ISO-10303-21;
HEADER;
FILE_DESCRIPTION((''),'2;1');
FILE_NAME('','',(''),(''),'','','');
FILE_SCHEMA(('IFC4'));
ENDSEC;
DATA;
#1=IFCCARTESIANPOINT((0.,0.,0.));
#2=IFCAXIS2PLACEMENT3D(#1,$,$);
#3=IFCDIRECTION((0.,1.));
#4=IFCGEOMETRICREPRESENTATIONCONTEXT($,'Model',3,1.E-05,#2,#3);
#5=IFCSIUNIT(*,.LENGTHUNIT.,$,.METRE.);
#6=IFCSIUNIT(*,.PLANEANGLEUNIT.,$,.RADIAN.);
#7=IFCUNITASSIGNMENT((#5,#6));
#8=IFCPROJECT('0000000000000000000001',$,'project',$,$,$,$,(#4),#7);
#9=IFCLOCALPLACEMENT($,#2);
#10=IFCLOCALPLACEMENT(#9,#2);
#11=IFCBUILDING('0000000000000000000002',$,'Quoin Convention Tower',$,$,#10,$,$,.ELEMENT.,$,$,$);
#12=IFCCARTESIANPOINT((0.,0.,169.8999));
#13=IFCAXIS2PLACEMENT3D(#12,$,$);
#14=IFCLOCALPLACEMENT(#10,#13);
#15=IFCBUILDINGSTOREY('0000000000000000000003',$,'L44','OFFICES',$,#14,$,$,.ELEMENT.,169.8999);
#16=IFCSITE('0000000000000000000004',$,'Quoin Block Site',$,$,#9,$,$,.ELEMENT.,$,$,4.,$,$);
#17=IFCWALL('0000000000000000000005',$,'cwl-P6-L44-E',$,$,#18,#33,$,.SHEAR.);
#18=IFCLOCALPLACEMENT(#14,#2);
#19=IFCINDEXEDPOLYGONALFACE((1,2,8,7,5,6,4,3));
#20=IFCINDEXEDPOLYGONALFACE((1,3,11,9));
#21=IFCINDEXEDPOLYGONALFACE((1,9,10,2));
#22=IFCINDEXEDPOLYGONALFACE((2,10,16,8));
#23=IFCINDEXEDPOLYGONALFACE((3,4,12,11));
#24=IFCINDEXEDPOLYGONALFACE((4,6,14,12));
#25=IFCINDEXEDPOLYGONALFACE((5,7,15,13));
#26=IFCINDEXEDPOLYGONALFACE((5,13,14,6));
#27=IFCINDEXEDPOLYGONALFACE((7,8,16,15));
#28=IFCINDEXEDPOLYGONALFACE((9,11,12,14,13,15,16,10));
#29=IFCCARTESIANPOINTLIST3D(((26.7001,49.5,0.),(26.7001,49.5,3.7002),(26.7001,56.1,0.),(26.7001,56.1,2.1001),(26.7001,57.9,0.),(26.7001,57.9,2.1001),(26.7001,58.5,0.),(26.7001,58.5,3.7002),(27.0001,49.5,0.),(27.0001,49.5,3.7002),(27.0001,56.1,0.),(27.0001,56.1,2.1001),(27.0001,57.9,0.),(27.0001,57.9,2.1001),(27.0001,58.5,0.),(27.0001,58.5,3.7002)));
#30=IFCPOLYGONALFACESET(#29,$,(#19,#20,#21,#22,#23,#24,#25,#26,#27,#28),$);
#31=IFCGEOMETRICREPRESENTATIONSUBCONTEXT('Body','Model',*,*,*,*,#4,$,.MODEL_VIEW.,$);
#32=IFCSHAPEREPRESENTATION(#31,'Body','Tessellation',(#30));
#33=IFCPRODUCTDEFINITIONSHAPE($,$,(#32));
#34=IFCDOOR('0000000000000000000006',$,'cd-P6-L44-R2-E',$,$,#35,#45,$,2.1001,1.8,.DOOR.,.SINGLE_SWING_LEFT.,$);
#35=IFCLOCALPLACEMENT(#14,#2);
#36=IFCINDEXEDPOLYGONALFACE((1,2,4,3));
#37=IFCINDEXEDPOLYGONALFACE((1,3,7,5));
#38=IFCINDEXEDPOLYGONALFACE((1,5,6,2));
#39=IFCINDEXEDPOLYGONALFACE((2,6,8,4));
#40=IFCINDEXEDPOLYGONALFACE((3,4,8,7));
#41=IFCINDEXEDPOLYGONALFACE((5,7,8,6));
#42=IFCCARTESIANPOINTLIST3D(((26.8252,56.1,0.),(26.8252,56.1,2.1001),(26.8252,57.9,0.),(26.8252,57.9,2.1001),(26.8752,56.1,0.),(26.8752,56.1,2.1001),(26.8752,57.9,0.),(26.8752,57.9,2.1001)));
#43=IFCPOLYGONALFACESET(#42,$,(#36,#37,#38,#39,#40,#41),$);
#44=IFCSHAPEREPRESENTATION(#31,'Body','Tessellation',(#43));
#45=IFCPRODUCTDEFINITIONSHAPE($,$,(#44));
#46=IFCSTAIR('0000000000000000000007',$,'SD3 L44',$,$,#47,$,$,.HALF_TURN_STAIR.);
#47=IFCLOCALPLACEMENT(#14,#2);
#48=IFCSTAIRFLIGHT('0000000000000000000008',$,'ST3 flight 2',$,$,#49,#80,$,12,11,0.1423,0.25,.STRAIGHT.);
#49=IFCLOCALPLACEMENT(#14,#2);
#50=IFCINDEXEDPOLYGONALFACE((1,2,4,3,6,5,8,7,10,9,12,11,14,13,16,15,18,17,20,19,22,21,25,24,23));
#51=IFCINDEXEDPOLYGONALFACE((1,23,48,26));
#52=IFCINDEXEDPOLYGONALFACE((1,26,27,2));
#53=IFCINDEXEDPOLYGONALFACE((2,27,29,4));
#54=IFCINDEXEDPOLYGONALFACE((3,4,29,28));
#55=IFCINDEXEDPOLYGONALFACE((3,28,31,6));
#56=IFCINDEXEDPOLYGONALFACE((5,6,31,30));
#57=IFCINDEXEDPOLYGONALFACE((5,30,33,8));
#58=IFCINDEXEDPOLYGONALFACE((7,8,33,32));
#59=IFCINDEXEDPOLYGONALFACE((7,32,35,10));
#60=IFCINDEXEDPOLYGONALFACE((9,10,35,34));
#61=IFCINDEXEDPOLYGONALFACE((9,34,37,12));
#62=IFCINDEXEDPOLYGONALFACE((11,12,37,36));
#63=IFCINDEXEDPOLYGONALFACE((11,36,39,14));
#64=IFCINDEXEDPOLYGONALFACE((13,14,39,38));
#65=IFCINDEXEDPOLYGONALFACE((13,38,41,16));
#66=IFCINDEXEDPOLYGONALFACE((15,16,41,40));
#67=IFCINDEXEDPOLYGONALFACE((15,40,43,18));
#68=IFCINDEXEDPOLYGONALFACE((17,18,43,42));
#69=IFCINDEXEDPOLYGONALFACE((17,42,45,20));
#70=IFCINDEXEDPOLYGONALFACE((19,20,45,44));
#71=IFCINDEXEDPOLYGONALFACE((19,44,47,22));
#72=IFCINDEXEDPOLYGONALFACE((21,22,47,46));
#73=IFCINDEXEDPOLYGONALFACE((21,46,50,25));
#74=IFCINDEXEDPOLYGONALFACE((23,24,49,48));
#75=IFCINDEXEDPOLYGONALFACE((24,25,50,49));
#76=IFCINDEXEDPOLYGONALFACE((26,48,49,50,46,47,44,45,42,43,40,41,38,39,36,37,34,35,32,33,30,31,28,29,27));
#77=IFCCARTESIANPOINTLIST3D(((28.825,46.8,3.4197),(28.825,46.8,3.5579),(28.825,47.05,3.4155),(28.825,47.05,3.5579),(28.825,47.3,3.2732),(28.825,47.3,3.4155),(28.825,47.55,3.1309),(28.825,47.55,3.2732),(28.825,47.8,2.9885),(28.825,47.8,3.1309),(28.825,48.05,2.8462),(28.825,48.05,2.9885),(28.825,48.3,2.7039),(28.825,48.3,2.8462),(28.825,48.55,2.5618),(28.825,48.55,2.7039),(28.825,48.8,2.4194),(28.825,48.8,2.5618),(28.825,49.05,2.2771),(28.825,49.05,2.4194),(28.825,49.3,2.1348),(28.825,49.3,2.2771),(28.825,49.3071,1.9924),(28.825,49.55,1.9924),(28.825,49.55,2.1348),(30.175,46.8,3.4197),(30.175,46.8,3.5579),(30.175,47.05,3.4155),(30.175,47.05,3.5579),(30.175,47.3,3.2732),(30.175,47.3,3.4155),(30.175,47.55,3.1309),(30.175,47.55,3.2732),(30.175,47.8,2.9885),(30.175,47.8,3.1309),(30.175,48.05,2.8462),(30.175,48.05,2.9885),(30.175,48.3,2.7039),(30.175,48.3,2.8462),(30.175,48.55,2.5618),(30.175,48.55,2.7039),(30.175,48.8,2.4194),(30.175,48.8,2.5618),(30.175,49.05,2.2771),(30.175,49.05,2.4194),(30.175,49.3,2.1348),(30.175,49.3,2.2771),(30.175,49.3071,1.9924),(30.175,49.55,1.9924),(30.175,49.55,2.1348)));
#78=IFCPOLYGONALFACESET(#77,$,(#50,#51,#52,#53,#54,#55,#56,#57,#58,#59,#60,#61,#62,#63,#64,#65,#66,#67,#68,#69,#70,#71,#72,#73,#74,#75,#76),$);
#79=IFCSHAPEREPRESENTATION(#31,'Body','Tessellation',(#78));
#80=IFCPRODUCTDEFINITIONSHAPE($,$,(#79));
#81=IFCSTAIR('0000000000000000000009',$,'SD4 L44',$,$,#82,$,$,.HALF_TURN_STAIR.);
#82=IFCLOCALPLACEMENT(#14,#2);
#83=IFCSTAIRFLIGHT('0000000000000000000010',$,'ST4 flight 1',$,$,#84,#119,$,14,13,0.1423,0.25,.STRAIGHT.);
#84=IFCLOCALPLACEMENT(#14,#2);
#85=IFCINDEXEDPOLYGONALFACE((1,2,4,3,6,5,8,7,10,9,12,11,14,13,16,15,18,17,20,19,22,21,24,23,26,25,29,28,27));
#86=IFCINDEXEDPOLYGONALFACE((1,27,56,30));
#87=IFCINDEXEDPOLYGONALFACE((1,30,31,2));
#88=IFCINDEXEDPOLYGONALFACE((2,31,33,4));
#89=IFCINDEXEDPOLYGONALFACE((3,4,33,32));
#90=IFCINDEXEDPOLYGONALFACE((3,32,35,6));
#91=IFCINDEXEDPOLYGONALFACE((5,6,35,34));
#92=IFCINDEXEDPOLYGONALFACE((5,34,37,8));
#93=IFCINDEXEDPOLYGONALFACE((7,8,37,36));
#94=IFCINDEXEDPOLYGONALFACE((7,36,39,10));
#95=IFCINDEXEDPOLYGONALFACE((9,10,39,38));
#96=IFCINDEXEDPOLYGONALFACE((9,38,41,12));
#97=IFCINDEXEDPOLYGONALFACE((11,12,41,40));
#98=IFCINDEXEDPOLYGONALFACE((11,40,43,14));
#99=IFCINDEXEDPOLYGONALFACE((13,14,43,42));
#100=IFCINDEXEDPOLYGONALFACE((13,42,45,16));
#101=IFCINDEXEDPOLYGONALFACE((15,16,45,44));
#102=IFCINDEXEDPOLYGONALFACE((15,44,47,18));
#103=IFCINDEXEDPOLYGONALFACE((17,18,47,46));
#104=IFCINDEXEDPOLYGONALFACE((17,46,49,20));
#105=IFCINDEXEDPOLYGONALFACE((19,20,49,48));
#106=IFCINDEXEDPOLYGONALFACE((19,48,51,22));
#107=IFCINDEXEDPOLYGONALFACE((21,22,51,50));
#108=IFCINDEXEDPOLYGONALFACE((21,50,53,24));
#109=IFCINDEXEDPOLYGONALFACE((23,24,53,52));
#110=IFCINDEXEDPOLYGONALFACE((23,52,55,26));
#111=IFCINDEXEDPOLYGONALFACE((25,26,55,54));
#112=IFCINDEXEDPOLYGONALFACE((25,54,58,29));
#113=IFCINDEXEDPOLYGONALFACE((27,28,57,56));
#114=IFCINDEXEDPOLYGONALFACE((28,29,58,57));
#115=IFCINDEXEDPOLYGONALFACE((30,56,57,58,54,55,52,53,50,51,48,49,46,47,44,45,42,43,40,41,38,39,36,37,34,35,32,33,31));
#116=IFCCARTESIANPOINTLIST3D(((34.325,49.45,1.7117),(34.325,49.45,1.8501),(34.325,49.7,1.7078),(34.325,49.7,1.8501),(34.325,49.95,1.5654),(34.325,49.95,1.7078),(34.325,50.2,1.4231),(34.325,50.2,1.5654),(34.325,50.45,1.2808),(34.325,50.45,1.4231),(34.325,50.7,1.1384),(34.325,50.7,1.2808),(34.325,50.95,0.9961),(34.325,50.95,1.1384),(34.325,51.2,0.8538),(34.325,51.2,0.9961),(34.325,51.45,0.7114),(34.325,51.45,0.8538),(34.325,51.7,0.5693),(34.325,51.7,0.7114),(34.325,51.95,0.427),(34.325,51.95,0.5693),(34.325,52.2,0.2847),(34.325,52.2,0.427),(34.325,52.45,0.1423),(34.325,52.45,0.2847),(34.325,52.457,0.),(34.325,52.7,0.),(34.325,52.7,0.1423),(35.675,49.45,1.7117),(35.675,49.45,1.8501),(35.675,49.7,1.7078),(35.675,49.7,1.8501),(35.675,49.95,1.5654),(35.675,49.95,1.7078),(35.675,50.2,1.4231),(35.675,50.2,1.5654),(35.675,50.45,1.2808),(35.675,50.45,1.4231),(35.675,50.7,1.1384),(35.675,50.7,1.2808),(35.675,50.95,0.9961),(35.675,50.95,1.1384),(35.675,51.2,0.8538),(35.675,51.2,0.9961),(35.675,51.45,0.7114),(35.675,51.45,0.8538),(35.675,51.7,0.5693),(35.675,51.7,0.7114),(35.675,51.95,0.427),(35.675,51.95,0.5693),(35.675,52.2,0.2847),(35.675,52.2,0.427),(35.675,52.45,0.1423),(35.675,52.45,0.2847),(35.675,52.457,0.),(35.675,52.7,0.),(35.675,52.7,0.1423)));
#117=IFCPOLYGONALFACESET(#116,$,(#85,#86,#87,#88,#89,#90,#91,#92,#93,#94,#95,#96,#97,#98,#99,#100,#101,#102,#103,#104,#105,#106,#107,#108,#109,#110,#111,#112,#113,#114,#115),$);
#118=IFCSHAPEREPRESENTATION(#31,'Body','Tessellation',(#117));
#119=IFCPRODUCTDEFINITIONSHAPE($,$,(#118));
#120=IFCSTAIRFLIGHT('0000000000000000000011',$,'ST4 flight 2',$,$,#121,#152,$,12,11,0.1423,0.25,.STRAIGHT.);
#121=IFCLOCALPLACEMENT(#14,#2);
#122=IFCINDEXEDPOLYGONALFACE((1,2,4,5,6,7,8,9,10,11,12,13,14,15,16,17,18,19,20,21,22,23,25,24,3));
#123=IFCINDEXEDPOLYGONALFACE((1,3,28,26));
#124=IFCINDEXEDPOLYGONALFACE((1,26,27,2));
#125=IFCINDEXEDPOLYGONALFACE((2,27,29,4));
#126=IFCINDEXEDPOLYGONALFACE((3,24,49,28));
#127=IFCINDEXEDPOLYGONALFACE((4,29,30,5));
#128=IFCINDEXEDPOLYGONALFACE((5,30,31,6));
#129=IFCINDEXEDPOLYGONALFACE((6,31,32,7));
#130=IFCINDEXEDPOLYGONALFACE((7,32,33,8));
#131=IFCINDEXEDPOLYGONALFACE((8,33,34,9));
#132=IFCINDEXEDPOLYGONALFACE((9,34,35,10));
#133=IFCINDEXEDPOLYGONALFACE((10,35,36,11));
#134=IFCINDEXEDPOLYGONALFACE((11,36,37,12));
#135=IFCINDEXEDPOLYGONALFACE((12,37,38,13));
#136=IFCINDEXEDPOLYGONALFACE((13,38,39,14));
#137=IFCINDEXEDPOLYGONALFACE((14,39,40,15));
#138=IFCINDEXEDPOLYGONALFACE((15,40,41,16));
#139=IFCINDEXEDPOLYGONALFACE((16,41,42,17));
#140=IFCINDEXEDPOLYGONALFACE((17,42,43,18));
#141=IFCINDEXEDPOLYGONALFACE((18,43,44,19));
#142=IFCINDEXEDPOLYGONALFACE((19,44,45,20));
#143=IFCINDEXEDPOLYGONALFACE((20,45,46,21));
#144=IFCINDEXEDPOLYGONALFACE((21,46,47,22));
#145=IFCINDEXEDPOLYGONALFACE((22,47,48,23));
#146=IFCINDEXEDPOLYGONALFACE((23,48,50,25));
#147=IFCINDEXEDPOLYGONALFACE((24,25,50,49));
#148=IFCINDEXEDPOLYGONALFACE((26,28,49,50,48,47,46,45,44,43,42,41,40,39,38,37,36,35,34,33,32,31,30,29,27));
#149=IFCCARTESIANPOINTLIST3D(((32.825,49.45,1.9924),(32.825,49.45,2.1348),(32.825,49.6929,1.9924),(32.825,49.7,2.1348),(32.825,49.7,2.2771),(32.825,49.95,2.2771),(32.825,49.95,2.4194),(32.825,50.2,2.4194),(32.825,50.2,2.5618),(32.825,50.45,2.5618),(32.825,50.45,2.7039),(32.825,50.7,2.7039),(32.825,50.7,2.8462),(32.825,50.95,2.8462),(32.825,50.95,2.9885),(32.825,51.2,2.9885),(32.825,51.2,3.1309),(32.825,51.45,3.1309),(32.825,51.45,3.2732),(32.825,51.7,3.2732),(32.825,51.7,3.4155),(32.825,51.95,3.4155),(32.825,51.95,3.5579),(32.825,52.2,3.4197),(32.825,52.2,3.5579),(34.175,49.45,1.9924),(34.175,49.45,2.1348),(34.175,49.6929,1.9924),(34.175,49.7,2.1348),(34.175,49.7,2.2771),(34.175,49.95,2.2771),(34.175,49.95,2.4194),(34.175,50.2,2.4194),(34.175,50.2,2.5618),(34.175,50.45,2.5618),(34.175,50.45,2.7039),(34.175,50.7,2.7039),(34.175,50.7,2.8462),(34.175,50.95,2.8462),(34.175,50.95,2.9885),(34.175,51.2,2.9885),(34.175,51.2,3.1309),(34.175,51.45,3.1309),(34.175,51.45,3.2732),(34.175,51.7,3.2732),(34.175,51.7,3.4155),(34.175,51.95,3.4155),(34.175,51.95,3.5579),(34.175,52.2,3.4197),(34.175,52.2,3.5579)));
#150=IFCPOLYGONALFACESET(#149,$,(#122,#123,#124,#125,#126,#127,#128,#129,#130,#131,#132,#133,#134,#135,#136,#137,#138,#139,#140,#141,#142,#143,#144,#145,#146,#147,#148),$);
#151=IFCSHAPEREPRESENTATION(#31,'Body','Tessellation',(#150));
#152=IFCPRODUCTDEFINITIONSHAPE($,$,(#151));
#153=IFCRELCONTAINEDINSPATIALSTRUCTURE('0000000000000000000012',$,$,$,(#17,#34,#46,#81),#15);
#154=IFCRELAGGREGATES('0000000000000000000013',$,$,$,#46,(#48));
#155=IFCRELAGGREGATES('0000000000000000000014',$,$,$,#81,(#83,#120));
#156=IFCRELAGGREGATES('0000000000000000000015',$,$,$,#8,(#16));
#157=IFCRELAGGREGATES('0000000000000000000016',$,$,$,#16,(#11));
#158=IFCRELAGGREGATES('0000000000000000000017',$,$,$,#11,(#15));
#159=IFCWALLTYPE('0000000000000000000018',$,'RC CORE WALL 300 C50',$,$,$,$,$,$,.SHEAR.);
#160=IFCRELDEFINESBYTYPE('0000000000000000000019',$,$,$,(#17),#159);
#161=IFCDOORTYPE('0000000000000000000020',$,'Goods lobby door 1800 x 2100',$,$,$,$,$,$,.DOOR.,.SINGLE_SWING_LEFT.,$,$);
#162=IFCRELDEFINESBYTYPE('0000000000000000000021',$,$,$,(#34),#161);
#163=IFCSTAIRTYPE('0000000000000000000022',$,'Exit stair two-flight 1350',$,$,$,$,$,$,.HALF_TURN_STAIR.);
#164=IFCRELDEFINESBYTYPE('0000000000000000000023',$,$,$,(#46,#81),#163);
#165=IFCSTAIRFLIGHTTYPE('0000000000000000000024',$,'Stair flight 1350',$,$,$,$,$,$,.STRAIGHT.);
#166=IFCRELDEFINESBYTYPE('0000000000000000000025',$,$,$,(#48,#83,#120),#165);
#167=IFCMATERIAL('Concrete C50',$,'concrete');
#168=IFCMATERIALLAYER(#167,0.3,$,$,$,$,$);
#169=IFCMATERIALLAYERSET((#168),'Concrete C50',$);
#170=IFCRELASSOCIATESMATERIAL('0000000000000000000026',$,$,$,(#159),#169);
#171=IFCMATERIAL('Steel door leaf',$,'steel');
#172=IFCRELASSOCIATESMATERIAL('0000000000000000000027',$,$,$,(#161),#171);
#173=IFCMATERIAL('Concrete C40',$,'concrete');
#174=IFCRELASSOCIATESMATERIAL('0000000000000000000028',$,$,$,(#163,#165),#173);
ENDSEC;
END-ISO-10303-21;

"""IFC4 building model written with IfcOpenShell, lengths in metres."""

from ifc_helpers import new_model, si_unit, direction, frame, frame_2d, origin, place, context, subcontext, project, spatial, polyline, rectangle, outline, extrude, material, layer, layer_set, type_object, element, fill, aggregate, save


model = new_model("IFC4")

# Units and contexts
model_context = context("Model", 3, precision=1e-05, world=origin(), true_north=direction((0.0, 1.0)))
body_context = subcontext(model_context, "Body", "Model", "MODEL_VIEW")
ifc_project = project(units=[si_unit("LENGTHUNIT", "METRE"), si_unit("PLANEANGLEUNIT", "RADIAN")], contexts=[model_context])

# Site, building, storey
site_placement = place(None, origin())
site = spatial("IfcSite", under=ifc_project, at=site_placement, Name="Quoin Block Site", CompositionType="ELEMENT", RefElevation=4.0)
building_placement = place(site_placement, origin())
building = spatial("IfcBuilding", under=site, at=building_placement, Name="Quoin Convention Tower", CompositionType="ELEMENT")
storey_placement = place(building_placement, frame((0.0, 0.0, 169.8999)))
storey = spatial("IfcBuildingStorey", under=building, at=storey_placement, Name="L44", Description="OFFICES", CompositionType="ELEMENT", Elevation=169.8999)

# Shared definitions
ifc_material_1 = material(Name="Concrete C50", Category="concrete")

# Wall, opening, door
ifc_layer_1 = layer(ifc_material_1, 0.3)
ifc_layer_set_1 = layer_set([ifc_layer_1], Name="Concrete C50")
wall_type_1 = type_object("IfcWallType", Name="RC CORE WALL 300 C50", PredefinedType="SHEAR", material=ifc_layer_set_1)
ifc_material_2 = material(Name="Steel door leaf", Category="steel")
wall_1_placement = place(storey_placement, frame((26.8501, 49.5, 0.0), z_axis=(0.0, 0.0, 1.0), x_axis=(0.0, 1.0, 0.0)))
wall_1 = element("IfcWall", 1, at=wall_1_placement, inside=storey, type_object=wall_type_1, Name="cwl-P6-L44-E", PredefinedType="SHEAR", context=body_context, shape_type="SweptSolid", body=[
    extrude(rectangle(XDim=9.0, YDim=0.3, at=frame_2d((4.5, 0.0))), origin(), (0.0, 0.0, 1.0), 3.7002),
])
opening_1_placement = place(wall_1_placement, frame((6.6001, 0.0, 0.0)))
opening_1 = element("IfcOpeningElement", 2, at=opening_1_placement, cuts=wall_1, PredefinedType="OPENING", context=body_context, shape_type="SweptSolid", body=[
    extrude(rectangle(XDim=1.8, YDim=2.1001, at=frame_2d((0.8999, 1.05))), frame((0.0, 0.1599, 0.0), z_axis=(0.0, -1.0, 0.0), x_axis=(1.0, 0.0, 0.0)), (0.0, 0.0, 1.0), 0.3201),
])
door_type_1 = type_object("IfcDoorType", Name="Goods lobby door 1800 x 2100", OperationType="SINGLE_SWING_LEFT", PredefinedType="DOOR", material=ifc_material_2)
door_1_placement = place(opening_1_placement, origin())
door_1 = element("IfcDoor", 3, at=door_1_placement, inside=storey, type_object=door_type_1, Name="cd-P6-L44-R2-E", OperationType="SINGLE_SWING_LEFT", OverallHeight=2.1001, OverallWidth=1.8, PredefinedType="DOOR", context=body_context, shape_type="SweptSolid", body=[
    extrude(rectangle(XDim=1.8, YDim=2.1001, at=frame_2d((0.8999, 1.05))), frame((0.0, 0.0249, 0.0), z_axis=(0.0, -1.0, 0.0), x_axis=(1.0, 0.0, 0.0)), (0.0, 0.0, 1.0), 0.05),
])
fill(opening_1, door_1)

# Stair, stair flight
ifc_material_3 = material(Name="Concrete C40", Category="concrete")
stair_type_1 = type_object("IfcStairType", Name="Exit stair two-flight 1350", PredefinedType="HALF_TURN_STAIR", material=ifc_material_3)
stair_1_placement = place(storey_placement, origin())
stair_1 = element("IfcStair", 4, at=stair_1_placement, inside=storey, type_object=stair_type_1, Name="SD3 L44", PredefinedType="HALF_TURN_STAIR")
stair_flight_type_1 = type_object("IfcStairFlightType", Name="Stair flight 1350", PredefinedType="STRAIGHT", material=ifc_material_3)
stair_flight_1_placement = place(storey_placement, frame((29.5, 49.55, 1.9924), z_axis=(0.0, 0.0, 1.0), x_axis=(0.0, -1.0, 0.0)))
stair_flight_1 = element("IfcStairFlight", 5, at=stair_flight_1_placement, type_object=stair_flight_type_1, Name="ST3 flight 2", NumberOfRisers=12, NumberOfTreads=11, PredefinedType="STRAIGHT", RiserHeight=0.1423, TreadLength=0.25, context=body_context, shape_type="SweptSolid", body=[
    extrude(outline(polyline([(0.0, 0.0), (0.0, 0.1423), (0.25, 0.1423), (0.25, 0.2847), (0.5, 0.2847), (0.5, 0.427), (0.75, 0.427), (0.75, 0.5693), (1.0, 0.5693), (1.0, 0.7114), (1.25, 0.7114), (1.25, 0.8538), (1.5, 0.8538), (1.5, 0.9961), (1.75, 0.9961), (1.75, 1.1384), (2.0, 1.1384), (2.0, 1.2808), (2.25, 1.2808), (2.25, 1.4231), (2.5, 1.4231), (2.5, 1.5654), (2.75, 1.5654), (2.75, 1.7078), (2.75, 1.4272), (0.2429, 0.0), (0.0, 0.0)])), frame((0.0, 0.675, 0.0), z_axis=(0.0, -1.0, 0.0), x_axis=(1.0, 0.0, 0.0)), (0.0, 0.0, 1.0), 1.3501),
])
aggregate(stair_1, [stair_flight_1])

# Stair, stair flights
stair_2_placement = place(storey_placement, origin())
stair_2 = element("IfcStair", 6, at=stair_2_placement, inside=storey, type_object=stair_type_1, Name="SD4 L44", PredefinedType="HALF_TURN_STAIR")
stair_flight_2_placement = place(storey_placement, frame((35.0, 52.7, 0.0), z_axis=(0.0, 0.0, 1.0), x_axis=(0.0, -1.0, 0.0)))
stair_flight_2 = element("IfcStairFlight", 7, at=stair_flight_2_placement, type_object=stair_flight_type_1, Name="ST4 flight 1", NumberOfRisers=14, NumberOfTreads=13, PredefinedType="STRAIGHT", RiserHeight=0.1423, TreadLength=0.25, context=body_context, shape_type="SweptSolid", body=[
    extrude(outline(polyline([(0.0, 0.0), (0.0, 0.1423), (0.25, 0.1423), (0.25, 0.2847), (0.5, 0.2847), (0.5, 0.427), (0.75, 0.427), (0.75, 0.5693), (1.0, 0.5693), (1.0, 0.7114), (1.25, 0.7114), (1.25, 0.8538), (1.5, 0.8538), (1.5, 0.9961), (1.75, 0.9961), (1.75, 1.1384), (2.0, 1.1384), (2.0, 1.2808), (2.25, 1.2808), (2.25, 1.4231), (2.5, 1.4231), (2.5, 1.5654), (2.75, 1.5654), (2.75, 1.7078), (3.0, 1.7078), (3.0, 1.8501), (3.25, 1.8501), (3.25, 1.9922), (3.25, 1.7117), (0.2429, 0.0), (0.0, 0.0)])), frame((0.0, 0.675, 0.0), z_axis=(0.0, -1.0, 0.0), x_axis=(1.0, 0.0, 0.0)), (0.0, 0.0, 1.0), 1.3501),
])
stair_flight_3_placement = place(storey_placement, frame((33.5, 49.45, 1.9924), z_axis=(0.0, 0.0, 1.0), x_axis=(0.0, 1.0, 0.0)))
stair_flight_3 = element("IfcStairFlight", 8, at=stair_flight_3_placement, type_object=stair_flight_type_1, Name="ST4 flight 2", NumberOfRisers=12, NumberOfTreads=11, PredefinedType="STRAIGHT", RiserHeight=0.1423, TreadLength=0.25, context=body_context, shape_type="SweptSolid", body=[
    extrude(outline(polyline([(0.0, 0.0), (0.0, 0.1423), (0.25, 0.1423), (0.25, 0.2847), (0.5, 0.2847), (0.5, 0.427), (0.75, 0.427), (0.75, 0.5693), (1.0, 0.5693), (1.0, 0.7114), (1.25, 0.7114), (1.25, 0.8538), (1.5, 0.8538), (1.5, 0.9961), (1.75, 0.9961), (1.75, 1.1384), (2.0, 1.1384), (2.0, 1.2808), (2.25, 1.2808), (2.25, 1.4231), (2.5, 1.4231), (2.5, 1.5654), (2.75, 1.5654), (2.75, 1.7078), (2.75, 1.4272), (0.2429, 0.0), (0.0, 0.0)])), frame((0.0, 0.675, 0.0), z_axis=(0.0, -1.0, 0.0), x_axis=(1.0, 0.0, 0.0)), (0.0, 0.0, 1.0), 1.3501),
])
aggregate(stair_2, [stair_flight_2, stair_flight_3])

save(model, "model.ifc")
